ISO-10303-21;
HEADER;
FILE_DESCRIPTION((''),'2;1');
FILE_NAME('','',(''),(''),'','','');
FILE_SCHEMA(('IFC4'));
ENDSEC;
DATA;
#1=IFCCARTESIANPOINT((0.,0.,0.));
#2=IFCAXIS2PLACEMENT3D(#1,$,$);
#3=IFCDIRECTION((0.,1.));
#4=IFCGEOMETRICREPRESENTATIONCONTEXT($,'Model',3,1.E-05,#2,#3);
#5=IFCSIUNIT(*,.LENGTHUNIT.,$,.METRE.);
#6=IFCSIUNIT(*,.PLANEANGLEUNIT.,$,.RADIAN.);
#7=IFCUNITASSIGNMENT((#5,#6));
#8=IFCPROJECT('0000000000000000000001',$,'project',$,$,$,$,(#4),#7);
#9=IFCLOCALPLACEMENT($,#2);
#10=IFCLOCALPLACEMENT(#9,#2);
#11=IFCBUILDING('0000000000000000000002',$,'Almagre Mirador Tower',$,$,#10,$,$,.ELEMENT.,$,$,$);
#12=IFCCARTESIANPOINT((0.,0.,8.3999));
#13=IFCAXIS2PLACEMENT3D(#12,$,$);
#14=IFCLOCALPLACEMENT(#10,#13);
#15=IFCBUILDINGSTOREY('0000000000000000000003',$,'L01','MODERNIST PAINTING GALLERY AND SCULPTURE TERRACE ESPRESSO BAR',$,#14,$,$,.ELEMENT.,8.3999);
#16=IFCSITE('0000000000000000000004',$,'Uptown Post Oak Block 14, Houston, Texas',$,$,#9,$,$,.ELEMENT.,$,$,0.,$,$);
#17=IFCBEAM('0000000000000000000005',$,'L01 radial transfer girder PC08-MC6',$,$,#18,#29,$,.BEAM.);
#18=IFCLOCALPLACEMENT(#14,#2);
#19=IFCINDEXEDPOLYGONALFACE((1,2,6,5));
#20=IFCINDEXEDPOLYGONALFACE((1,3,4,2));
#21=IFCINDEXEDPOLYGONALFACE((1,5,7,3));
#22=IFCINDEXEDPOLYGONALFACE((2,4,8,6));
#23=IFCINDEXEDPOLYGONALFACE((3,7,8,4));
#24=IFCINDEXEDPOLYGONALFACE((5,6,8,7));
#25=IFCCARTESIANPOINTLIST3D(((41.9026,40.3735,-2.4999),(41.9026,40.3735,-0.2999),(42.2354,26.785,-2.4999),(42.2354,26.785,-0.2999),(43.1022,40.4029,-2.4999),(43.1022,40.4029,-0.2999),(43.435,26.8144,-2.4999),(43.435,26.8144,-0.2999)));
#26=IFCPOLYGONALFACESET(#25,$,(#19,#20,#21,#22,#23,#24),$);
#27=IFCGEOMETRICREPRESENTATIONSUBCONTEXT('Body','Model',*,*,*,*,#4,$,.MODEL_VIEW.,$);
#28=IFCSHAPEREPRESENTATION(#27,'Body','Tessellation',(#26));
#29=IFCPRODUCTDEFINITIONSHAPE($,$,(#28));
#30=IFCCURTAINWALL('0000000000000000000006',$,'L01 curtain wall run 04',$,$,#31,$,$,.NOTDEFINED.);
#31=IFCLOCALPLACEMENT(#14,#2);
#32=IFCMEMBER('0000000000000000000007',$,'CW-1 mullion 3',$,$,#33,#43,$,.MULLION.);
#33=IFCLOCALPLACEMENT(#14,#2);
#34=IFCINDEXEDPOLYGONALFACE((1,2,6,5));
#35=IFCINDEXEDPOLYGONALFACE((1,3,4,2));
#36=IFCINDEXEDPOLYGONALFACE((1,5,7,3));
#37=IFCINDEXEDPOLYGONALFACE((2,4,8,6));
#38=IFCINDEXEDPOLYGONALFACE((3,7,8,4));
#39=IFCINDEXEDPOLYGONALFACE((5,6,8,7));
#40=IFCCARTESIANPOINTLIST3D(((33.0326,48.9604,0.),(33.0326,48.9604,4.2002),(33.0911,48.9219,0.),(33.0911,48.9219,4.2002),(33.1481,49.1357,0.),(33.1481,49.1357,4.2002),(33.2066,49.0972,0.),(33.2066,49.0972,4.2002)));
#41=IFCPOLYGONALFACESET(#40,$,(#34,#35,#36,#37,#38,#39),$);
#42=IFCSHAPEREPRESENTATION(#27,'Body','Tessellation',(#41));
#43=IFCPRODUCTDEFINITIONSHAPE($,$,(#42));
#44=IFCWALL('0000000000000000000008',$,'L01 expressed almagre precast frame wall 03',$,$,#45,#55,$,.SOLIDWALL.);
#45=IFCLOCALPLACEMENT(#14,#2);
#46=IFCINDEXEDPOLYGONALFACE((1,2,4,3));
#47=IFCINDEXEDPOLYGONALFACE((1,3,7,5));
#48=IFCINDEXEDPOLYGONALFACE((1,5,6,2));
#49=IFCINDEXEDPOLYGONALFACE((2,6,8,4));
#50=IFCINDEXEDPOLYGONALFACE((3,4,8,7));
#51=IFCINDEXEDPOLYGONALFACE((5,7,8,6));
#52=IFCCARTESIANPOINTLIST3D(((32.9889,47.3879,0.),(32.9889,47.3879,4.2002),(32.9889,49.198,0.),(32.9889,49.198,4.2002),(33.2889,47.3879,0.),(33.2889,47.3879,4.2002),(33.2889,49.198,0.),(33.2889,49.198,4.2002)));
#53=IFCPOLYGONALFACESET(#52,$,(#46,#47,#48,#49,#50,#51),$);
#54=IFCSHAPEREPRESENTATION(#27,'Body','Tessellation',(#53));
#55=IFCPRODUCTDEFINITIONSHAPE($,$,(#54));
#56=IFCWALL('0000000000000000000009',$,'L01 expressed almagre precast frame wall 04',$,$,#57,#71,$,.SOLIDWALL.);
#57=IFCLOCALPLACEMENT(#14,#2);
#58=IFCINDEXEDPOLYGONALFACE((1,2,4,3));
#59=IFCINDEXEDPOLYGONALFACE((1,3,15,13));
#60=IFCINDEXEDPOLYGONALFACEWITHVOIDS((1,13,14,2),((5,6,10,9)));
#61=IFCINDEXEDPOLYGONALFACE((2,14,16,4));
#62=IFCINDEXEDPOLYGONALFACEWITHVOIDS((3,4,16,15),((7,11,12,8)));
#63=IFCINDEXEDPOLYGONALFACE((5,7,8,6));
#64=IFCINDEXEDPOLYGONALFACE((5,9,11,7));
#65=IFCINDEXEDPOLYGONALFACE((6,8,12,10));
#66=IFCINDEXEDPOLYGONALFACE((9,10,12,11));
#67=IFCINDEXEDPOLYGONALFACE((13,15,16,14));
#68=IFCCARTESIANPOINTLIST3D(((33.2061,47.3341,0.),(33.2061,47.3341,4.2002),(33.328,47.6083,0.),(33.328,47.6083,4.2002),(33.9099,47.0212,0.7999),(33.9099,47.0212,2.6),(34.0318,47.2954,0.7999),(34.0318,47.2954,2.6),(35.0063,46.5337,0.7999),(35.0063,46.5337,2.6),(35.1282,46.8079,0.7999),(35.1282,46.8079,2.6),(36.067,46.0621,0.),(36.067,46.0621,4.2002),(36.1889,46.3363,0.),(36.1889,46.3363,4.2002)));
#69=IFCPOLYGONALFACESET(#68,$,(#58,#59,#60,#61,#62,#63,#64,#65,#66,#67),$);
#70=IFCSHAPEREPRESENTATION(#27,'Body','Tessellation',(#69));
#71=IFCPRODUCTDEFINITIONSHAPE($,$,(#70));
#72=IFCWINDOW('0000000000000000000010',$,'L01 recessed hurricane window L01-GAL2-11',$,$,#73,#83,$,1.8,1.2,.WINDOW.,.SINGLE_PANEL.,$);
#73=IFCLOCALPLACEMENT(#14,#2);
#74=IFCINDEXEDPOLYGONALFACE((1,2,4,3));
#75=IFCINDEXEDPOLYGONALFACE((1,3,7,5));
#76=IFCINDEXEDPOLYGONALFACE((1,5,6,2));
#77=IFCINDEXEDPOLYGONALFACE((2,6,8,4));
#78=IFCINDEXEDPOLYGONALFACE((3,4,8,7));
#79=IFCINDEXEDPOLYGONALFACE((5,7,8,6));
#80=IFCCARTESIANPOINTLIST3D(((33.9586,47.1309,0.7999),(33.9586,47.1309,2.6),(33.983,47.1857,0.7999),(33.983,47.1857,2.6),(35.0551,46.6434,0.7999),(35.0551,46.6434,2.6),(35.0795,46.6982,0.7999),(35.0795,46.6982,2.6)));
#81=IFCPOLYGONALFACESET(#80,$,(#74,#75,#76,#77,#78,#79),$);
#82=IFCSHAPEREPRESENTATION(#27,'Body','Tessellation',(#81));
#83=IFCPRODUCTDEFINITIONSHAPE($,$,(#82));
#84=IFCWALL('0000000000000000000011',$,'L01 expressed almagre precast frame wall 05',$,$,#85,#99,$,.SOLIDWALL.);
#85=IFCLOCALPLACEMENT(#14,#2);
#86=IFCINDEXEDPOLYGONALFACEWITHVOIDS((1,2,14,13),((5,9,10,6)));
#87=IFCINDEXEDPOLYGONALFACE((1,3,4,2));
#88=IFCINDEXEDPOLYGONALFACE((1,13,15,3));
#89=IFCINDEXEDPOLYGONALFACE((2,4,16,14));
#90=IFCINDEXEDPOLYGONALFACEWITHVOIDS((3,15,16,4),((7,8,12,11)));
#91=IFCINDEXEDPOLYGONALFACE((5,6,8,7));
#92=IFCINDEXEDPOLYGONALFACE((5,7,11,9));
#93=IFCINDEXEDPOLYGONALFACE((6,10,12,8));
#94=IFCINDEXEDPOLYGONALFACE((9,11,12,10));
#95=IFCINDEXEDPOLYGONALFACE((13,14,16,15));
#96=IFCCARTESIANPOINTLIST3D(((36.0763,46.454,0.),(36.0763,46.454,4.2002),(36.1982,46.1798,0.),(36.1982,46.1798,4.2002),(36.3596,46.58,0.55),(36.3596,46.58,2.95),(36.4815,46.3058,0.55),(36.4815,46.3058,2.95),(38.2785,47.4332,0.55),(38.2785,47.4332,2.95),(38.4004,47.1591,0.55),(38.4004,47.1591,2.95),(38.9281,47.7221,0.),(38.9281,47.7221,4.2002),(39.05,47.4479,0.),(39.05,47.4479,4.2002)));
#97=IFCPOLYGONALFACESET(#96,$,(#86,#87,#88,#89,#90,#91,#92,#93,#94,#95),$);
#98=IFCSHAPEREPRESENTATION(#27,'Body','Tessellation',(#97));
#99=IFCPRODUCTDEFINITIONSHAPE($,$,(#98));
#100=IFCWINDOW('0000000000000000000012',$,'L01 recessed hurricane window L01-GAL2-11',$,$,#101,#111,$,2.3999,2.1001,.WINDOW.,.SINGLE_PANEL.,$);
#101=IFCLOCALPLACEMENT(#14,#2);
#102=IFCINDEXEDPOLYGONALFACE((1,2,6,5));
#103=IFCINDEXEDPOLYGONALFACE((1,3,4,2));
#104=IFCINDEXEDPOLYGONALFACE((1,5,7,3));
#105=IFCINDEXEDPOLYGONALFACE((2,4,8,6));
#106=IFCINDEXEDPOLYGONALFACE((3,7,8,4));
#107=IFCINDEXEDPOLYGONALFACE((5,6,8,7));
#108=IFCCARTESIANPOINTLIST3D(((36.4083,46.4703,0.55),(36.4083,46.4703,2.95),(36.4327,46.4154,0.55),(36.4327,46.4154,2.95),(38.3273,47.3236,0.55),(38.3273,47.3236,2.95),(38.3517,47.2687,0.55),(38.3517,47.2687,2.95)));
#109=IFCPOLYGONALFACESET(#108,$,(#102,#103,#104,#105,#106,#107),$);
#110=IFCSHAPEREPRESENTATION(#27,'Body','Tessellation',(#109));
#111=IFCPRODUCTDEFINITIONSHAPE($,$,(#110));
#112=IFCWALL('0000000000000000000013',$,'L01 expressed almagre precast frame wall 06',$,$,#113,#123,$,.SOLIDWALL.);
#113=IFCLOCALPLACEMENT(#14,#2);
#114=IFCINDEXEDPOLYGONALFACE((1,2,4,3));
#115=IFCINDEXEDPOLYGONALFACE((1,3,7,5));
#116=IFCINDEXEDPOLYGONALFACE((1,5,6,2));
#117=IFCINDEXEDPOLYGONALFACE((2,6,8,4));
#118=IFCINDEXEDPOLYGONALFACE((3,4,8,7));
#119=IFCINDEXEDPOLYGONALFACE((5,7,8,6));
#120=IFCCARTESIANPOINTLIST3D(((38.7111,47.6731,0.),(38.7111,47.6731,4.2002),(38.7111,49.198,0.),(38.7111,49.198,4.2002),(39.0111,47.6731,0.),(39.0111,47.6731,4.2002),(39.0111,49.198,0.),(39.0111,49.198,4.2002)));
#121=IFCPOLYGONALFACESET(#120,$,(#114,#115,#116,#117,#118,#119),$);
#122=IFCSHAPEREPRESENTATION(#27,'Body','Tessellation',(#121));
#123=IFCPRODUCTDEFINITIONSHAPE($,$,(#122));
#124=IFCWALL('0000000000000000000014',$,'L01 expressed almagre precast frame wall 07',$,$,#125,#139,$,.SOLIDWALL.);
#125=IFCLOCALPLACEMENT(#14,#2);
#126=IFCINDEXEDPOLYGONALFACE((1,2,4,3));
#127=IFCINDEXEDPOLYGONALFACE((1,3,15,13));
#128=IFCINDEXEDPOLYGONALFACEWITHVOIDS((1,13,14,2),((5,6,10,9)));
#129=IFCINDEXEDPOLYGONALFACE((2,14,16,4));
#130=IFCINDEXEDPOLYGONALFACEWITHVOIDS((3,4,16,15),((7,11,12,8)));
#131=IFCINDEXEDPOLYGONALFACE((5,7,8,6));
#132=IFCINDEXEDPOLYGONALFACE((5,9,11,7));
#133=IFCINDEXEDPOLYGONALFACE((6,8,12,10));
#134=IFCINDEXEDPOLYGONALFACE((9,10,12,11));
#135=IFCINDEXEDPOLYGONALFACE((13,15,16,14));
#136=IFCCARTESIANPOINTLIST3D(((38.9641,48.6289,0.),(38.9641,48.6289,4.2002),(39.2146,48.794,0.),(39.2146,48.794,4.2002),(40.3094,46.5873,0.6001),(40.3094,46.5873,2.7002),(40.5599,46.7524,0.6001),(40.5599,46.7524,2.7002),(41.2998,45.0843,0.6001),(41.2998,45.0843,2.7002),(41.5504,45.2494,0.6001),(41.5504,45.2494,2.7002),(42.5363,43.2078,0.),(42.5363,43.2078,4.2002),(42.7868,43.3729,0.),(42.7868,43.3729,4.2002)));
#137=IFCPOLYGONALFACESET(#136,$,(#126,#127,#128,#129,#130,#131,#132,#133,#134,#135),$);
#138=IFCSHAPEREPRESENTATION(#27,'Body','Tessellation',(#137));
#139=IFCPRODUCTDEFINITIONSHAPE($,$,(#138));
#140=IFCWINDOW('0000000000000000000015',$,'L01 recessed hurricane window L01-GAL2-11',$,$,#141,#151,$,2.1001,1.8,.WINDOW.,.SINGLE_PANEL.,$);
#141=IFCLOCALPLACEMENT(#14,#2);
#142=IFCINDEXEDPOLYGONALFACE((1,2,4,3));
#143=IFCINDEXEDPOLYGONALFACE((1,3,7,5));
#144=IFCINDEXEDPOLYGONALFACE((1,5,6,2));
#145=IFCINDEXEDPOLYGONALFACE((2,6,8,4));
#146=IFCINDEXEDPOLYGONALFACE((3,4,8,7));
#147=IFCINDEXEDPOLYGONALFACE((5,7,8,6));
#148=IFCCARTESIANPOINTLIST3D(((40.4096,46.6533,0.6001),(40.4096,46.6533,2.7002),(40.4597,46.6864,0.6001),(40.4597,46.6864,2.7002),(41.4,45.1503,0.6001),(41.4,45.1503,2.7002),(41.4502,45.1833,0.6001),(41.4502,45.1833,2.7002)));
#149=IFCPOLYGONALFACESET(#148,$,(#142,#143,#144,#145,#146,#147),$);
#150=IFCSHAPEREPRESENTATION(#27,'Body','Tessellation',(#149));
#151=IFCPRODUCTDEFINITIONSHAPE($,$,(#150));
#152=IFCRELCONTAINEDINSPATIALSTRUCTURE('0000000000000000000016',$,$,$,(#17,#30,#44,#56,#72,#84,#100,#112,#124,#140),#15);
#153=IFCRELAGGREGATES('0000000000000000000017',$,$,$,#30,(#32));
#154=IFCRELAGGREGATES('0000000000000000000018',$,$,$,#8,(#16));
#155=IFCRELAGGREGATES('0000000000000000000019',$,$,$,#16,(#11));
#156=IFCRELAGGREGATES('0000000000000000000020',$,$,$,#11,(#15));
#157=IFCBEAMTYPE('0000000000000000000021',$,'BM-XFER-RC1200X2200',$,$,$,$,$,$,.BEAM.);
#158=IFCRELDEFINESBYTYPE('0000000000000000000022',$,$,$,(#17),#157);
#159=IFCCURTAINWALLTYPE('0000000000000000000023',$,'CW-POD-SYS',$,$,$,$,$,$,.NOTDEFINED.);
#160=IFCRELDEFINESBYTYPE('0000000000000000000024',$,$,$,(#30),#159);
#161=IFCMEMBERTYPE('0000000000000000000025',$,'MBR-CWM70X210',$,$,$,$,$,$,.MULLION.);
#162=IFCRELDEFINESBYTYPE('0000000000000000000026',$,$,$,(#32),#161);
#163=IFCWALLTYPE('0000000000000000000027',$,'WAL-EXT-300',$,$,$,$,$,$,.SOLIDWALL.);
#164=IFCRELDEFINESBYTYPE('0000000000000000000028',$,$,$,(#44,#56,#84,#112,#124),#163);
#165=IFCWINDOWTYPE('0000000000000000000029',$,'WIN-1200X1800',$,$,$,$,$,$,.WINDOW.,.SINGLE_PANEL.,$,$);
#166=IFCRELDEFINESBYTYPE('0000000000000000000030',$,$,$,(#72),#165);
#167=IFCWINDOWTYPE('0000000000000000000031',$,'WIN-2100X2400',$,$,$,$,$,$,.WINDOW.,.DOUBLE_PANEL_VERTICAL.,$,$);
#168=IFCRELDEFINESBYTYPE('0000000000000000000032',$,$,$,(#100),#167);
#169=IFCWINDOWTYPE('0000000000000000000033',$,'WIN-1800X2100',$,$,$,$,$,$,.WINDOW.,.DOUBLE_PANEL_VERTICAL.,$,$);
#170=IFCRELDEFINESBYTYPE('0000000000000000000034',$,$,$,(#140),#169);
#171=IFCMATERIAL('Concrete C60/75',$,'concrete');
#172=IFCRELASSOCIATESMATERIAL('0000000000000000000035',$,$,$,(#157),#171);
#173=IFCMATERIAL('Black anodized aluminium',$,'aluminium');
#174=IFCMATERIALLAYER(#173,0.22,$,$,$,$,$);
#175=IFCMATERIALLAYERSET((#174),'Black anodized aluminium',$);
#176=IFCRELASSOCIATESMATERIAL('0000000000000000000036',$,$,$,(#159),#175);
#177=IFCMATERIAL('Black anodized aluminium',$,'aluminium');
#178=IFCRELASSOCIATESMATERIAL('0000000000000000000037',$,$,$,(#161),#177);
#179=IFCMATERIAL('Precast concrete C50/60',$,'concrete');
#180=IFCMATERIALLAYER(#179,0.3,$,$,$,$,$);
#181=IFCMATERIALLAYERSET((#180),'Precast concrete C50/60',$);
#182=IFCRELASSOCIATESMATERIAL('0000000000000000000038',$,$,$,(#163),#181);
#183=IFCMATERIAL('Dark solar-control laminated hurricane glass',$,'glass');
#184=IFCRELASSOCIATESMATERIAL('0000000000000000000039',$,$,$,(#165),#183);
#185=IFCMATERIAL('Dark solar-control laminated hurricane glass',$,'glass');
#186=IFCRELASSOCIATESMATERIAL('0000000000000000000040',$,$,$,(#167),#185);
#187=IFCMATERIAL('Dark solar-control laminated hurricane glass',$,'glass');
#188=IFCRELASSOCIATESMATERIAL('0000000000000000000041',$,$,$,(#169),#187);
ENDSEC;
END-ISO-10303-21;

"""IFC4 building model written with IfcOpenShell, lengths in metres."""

from ifc_helpers import new_model, si_unit, direction, frame, frame_2d, origin, origin_2d, place, context, subcontext, project, spatial, rectangle, extrude, material, layer, layer_set, material_profile, profile_set, type_object, element, fill, aggregate, save


model = new_model("IFC4")

# Units and contexts
model_context = context("Model", 3, precision=1e-05, world=origin(), true_north=direction((0.0, 1.0)))
body_context = subcontext(model_context, "Body", "Model", "MODEL_VIEW")
ifc_project = project(units=[si_unit("LENGTHUNIT", "METRE"), si_unit("PLANEANGLEUNIT", "RADIAN")], contexts=[model_context])

# Site, building, storey
site_placement = place(None, origin())
site = spatial("IfcSite", under=ifc_project, at=site_placement, Name="Uptown Post Oak Block 14, Houston, Texas", CompositionType="ELEMENT", RefElevation=0.0)
building_placement = place(site_placement, origin())
building = spatial("IfcBuilding", under=site, at=building_placement, Name="Almagre Mirador Tower", CompositionType="ELEMENT")
storey_placement = place(building_placement, frame((0.0, 0.0, 8.3999)))
storey = spatial("IfcBuildingStorey", under=building, at=storey_placement, Name="L01", Description="MODERNIST PAINTING GALLERY AND SCULPTURE TERRACE ESPRESSO BAR", CompositionType="ELEMENT", Elevation=8.3999)

# Beam
ifc_material_1 = material(Name="Concrete C60/75", Category="concrete")
ifc_material_profile_1 = material_profile(ifc_material_1, rectangle(XDim=1.2, YDim=2.2, at=origin_2d()), Name="RC1200X2200")
ifc_profile_set_1 = profile_set([ifc_material_profile_1], Name="Concrete C60/75")
beam_type_1 = type_object("IfcBeamType", Name="BM-XFER-RC1200X2200", PredefinedType="BEAM", material=ifc_profile_set_1)
beam_1_placement = place(storey_placement, frame((42.5024, 40.3882, -1.3999), z_axis=(0.024482, -0.9997, 0.0), x_axis=(0.9997, 0.024482, 0.0)))
element("IfcBeam", 1, at=beam_1_placement, inside=storey, type_object=beam_type_1, Name="L01 radial transfer girder PC08-MC6", PredefinedType="BEAM", context=body_context, shape_type="SweptSolid", body=[
    extrude(rectangle(XDim=1.2, YDim=2.2, at=origin_2d()), origin(), (0.0, 0.0, 1.0), 13.5925),
])

# Curtain wall, member
ifc_material_2 = material(Name="Black anodized aluminium", Category="aluminium")
ifc_layer_1 = layer(ifc_material_2, 0.22)
ifc_layer_set_1 = layer_set([ifc_layer_1], Name="Black anodized aluminium")
curtain_wall_type = type_object("IfcCurtainWallType", Name="CW-POD-SYS", PredefinedType="NOTDEFINED", material=ifc_layer_set_1)
curtain_wall_placement = place(storey_placement, origin())
curtain_wall = element("IfcCurtainWall", 2, at=curtain_wall_placement, inside=storey, type_object=curtain_wall_type, Name="L01 curtain wall run 04", PredefinedType="NOTDEFINED")
ifc_material_3 = material(Name="Black anodized aluminium", Category="aluminium")
ifc_material_profile_2 = material_profile(ifc_material_3, rectangle(XDim=0.0701, YDim=0.21, at=origin_2d()), Name="CWM70X210")
ifc_profile_set_2 = profile_set([ifc_material_profile_2], Name="Black anodized aluminium")
member_type = type_object("IfcMemberType", Name="MBR-CWM70X210", PredefinedType="MULLION", material=ifc_profile_set_2)
member_placement = place(storey_placement, frame((33.1196, 49.0288, 0.0), z_axis=(0.0, 0.0, 1.0), x_axis=(-0.835032, 0.550201, 0.0)))
member = element("IfcMember", 3, at=member_placement, type_object=member_type, Name="CW-1 mullion 3", PredefinedType="MULLION", context=body_context, shape_type="SweptSolid", body=[
    extrude(rectangle(XDim=0.0701, YDim=0.21, at=origin_2d()), origin(), (0.0, 0.0, 1.0), 4.2002),
])
aggregate(curtain_wall, [member])

# Wall
ifc_material_4 = material(Name="Precast concrete C50/60", Category="concrete")
ifc_layer_2 = layer(ifc_material_4, 0.3)
ifc_layer_set_2 = layer_set([ifc_layer_2], Name="Precast concrete C50/60")
wall_type = type_object("IfcWallType", Name="WAL-EXT-300", PredefinedType="SOLIDWALL", material=ifc_layer_set_2)
wall_1_placement = place(storey_placement, frame((33.1389, 49.198, 0.0), z_axis=(0.0, 0.0, 1.0), x_axis=(0.0, -1.0, 0.0)))
element("IfcWall", 4, at=wall_1_placement, inside=storey, type_object=wall_type, Name="L01 expressed almagre precast frame wall 03", PredefinedType="SOLIDWALL", context=body_context, shape_type="SweptSolid", body=[
    extrude(rectangle(XDim=1.8101, YDim=0.3, at=frame_2d((0.905, 0.0))), origin(), (0.0, 0.0, 1.0), 4.2002),
])

# Walls, openings, windows
wall_2_placement = place(storey_placement, frame((33.2671, 47.4712, 0.0), z_axis=(0.0, 0.0, 1.0), x_axis=(0.913754, -0.406269, 0.0)))
wall_2 = element("IfcWall", 5, at=wall_2_placement, inside=storey, type_object=wall_type, Name="L01 expressed almagre precast frame wall 04", PredefinedType="SOLIDWALL", context=body_context, shape_type="SweptSolid", body=[
    extrude(rectangle(XDim=3.1309, YDim=0.3, at=frame_2d((1.5654, 0.0))), origin(), (0.0, 0.0, 1.0), 4.2002),
])
opening_1_placement = place(wall_2_placement, frame((0.77, 0.0, 0.8)))
opening_1 = element("IfcOpeningElement", 6, at=opening_1_placement, cuts=wall_2, PredefinedType="OPENING", context=body_context, shape_type="SweptSolid", body=[
    extrude(rectangle(XDim=1.2, YDim=1.8, at=frame_2d((0.6001, 0.8999))), frame((0.0, 0.1599, 0.0), z_axis=(0.0, -1.0, 0.0), x_axis=(1.0, 0.0, 0.0)), (0.0, 0.0, 1.0), 0.32),
])
ifc_material_5 = material(Name="Dark solar-control laminated hurricane glass", Category="glass")
window_type_1 = type_object("IfcWindowType", Name="WIN-1200X1800", PartitioningType="SINGLE_PANEL", PredefinedType="WINDOW", material=ifc_material_5)
window_1_placement = place(opening_1_placement, origin())
window_1 = element("IfcWindow", 7, at=window_1_placement, inside=storey, type_object=window_type_1, Name="L01 recessed hurricane window L01-GAL2-11", OverallHeight=1.8, OverallWidth=1.2, PartitioningType="SINGLE_PANEL", PredefinedType="WINDOW", context=body_context, shape_type="SweptSolid", body=[
    extrude(rectangle(XDim=1.2, YDim=1.8, at=frame_2d((0.6001, 0.8999))), frame((0.0, 0.03, 0.0), z_axis=(0.0, -1.0, 0.0), x_axis=(1.0, 0.0, 0.0)), (0.0, 0.0, 1.0), 0.0601),
])
fill(opening_1, window_1)
wall_3_placement = place(storey_placement, frame((36.1372, 46.3169, 0.0), z_axis=(0.0, 0.0, 1.0), x_axis=(0.913741, 0.406298, 0.0)))
wall_3 = element("IfcWall", 8, at=wall_3_placement, inside=storey, type_object=wall_type, Name="L01 expressed almagre precast frame wall 05", PredefinedType="SOLIDWALL", context=body_context, shape_type="SweptSolid", body=[
    extrude(rectangle(XDim=3.1211, YDim=0.3, at=frame_2d((1.5605, 0.0))), origin(), (0.0, 0.0, 1.0), 4.2002),
])
opening_2_placement = place(wall_3_placement, frame((0.3101, 0.0, 0.55)))
opening_2 = element("IfcOpeningElement", 9, at=opening_2_placement, cuts=wall_3, PredefinedType="OPENING", context=body_context, shape_type="SweptSolid", body=[
    extrude(rectangle(XDim=2.1001, YDim=2.3999, at=frame_2d((1.05, 1.2))), frame((0.0, 0.1599, 0.0), z_axis=(0.0, -1.0, 0.0), x_axis=(1.0, 0.0, 0.0)), (0.0, 0.0, 1.0), 0.32),
])
ifc_material_6 = material(Name="Dark solar-control laminated hurricane glass", Category="glass")
window_type_2 = type_object("IfcWindowType", Name="WIN-2100X2400", PartitioningType="DOUBLE_PANEL_VERTICAL", PredefinedType="WINDOW", material=ifc_material_6)
window_2_placement = place(opening_2_placement, origin())
window_2 = element("IfcWindow", 10, at=window_2_placement, inside=storey, type_object=window_type_2, Name="L01 recessed hurricane window L01-GAL2-11", OverallHeight=2.3999, OverallWidth=2.1001, PartitioningType="SINGLE_PANEL", PredefinedType="WINDOW", context=body_context, shape_type="SweptSolid", body=[
    extrude(rectangle(XDim=2.1001, YDim=2.3999, at=frame_2d((1.05, 1.2))), frame((0.0, 0.03, 0.0), z_axis=(0.0, -1.0, 0.0), x_axis=(1.0, 0.0, 0.0)), (0.0, 0.0, 1.0), 0.0601),
])
fill(opening_2, window_2)

# Wall
wall_4_placement = place(storey_placement, frame((38.8611, 47.6731, 0.0), z_axis=(0.0, 0.0, 1.0), x_axis=(0.0, 1.0, 0.0)))
element("IfcWall", 11, at=wall_4_placement, inside=storey, type_object=wall_type, Name="L01 expressed almagre precast frame wall 06", PredefinedType="SOLIDWALL", context=body_context, shape_type="SweptSolid", body=[
    extrude(rectangle(XDim=1.5249, YDim=0.3, at=frame_2d((0.7625, 0.0))), origin(), (0.0, 0.0, 1.0), 4.2002),
])

# Wall, opening, window
wall_5_placement = place(storey_placement, frame((39.0894, 48.7114, 0.0), z_axis=(0.0, 0.0, 1.0), x_axis=(0.550232, -0.835012, 0.0)))
wall_5 = element("IfcWall", 12, at=wall_5_placement, inside=storey, type_object=wall_type, Name="L01 expressed almagre precast frame wall 07", PredefinedType="SOLIDWALL", context=body_context, shape_type="SweptSolid", body=[
    extrude(rectangle(XDim=6.4922, YDim=0.3, at=frame_2d((3.2461, 0.0))), origin(), (0.0, 0.0, 1.0), 4.2002),
])
opening_3_placement = place(wall_5_placement, frame((2.4451, 0.0, 0.6001)))
opening_3 = element("IfcOpeningElement", 13, at=opening_3_placement, cuts=wall_5, PredefinedType="OPENING", context=body_context, shape_type="SweptSolid", body=[
    extrude(rectangle(XDim=1.8, YDim=2.1001, at=frame_2d((0.8999, 1.05))), frame((0.0, 0.1599, 0.0), z_axis=(0.0, -1.0, 0.0), x_axis=(1.0, 0.0, 0.0)), (0.0, 0.0, 1.0), 0.32),
])
ifc_material_7 = material(Name="Dark solar-control laminated hurricane glass", Category="glass")
window_type_3 = type_object("IfcWindowType", Name="WIN-1800X2100", PartitioningType="DOUBLE_PANEL_VERTICAL", PredefinedType="WINDOW", material=ifc_material_7)
window_3_placement = place(opening_3_placement, origin())
window_3 = element("IfcWindow", 14, at=window_3_placement, inside=storey, type_object=window_type_3, Name="L01 recessed hurricane window L01-GAL2-11", OverallHeight=2.1001, OverallWidth=1.8, PartitioningType="SINGLE_PANEL", PredefinedType="WINDOW", context=body_context, shape_type="SweptSolid", body=[
    extrude(rectangle(XDim=1.8, YDim=2.1001, at=frame_2d((0.8999, 1.05))), frame((0.0, 0.03, 0.0), z_axis=(0.0, -1.0, 0.0), x_axis=(1.0, 0.0, 0.0)), (0.0, 0.0, 1.0), 0.0601),
])
fill(opening_3, window_3)

save(model, "model.ifc")
